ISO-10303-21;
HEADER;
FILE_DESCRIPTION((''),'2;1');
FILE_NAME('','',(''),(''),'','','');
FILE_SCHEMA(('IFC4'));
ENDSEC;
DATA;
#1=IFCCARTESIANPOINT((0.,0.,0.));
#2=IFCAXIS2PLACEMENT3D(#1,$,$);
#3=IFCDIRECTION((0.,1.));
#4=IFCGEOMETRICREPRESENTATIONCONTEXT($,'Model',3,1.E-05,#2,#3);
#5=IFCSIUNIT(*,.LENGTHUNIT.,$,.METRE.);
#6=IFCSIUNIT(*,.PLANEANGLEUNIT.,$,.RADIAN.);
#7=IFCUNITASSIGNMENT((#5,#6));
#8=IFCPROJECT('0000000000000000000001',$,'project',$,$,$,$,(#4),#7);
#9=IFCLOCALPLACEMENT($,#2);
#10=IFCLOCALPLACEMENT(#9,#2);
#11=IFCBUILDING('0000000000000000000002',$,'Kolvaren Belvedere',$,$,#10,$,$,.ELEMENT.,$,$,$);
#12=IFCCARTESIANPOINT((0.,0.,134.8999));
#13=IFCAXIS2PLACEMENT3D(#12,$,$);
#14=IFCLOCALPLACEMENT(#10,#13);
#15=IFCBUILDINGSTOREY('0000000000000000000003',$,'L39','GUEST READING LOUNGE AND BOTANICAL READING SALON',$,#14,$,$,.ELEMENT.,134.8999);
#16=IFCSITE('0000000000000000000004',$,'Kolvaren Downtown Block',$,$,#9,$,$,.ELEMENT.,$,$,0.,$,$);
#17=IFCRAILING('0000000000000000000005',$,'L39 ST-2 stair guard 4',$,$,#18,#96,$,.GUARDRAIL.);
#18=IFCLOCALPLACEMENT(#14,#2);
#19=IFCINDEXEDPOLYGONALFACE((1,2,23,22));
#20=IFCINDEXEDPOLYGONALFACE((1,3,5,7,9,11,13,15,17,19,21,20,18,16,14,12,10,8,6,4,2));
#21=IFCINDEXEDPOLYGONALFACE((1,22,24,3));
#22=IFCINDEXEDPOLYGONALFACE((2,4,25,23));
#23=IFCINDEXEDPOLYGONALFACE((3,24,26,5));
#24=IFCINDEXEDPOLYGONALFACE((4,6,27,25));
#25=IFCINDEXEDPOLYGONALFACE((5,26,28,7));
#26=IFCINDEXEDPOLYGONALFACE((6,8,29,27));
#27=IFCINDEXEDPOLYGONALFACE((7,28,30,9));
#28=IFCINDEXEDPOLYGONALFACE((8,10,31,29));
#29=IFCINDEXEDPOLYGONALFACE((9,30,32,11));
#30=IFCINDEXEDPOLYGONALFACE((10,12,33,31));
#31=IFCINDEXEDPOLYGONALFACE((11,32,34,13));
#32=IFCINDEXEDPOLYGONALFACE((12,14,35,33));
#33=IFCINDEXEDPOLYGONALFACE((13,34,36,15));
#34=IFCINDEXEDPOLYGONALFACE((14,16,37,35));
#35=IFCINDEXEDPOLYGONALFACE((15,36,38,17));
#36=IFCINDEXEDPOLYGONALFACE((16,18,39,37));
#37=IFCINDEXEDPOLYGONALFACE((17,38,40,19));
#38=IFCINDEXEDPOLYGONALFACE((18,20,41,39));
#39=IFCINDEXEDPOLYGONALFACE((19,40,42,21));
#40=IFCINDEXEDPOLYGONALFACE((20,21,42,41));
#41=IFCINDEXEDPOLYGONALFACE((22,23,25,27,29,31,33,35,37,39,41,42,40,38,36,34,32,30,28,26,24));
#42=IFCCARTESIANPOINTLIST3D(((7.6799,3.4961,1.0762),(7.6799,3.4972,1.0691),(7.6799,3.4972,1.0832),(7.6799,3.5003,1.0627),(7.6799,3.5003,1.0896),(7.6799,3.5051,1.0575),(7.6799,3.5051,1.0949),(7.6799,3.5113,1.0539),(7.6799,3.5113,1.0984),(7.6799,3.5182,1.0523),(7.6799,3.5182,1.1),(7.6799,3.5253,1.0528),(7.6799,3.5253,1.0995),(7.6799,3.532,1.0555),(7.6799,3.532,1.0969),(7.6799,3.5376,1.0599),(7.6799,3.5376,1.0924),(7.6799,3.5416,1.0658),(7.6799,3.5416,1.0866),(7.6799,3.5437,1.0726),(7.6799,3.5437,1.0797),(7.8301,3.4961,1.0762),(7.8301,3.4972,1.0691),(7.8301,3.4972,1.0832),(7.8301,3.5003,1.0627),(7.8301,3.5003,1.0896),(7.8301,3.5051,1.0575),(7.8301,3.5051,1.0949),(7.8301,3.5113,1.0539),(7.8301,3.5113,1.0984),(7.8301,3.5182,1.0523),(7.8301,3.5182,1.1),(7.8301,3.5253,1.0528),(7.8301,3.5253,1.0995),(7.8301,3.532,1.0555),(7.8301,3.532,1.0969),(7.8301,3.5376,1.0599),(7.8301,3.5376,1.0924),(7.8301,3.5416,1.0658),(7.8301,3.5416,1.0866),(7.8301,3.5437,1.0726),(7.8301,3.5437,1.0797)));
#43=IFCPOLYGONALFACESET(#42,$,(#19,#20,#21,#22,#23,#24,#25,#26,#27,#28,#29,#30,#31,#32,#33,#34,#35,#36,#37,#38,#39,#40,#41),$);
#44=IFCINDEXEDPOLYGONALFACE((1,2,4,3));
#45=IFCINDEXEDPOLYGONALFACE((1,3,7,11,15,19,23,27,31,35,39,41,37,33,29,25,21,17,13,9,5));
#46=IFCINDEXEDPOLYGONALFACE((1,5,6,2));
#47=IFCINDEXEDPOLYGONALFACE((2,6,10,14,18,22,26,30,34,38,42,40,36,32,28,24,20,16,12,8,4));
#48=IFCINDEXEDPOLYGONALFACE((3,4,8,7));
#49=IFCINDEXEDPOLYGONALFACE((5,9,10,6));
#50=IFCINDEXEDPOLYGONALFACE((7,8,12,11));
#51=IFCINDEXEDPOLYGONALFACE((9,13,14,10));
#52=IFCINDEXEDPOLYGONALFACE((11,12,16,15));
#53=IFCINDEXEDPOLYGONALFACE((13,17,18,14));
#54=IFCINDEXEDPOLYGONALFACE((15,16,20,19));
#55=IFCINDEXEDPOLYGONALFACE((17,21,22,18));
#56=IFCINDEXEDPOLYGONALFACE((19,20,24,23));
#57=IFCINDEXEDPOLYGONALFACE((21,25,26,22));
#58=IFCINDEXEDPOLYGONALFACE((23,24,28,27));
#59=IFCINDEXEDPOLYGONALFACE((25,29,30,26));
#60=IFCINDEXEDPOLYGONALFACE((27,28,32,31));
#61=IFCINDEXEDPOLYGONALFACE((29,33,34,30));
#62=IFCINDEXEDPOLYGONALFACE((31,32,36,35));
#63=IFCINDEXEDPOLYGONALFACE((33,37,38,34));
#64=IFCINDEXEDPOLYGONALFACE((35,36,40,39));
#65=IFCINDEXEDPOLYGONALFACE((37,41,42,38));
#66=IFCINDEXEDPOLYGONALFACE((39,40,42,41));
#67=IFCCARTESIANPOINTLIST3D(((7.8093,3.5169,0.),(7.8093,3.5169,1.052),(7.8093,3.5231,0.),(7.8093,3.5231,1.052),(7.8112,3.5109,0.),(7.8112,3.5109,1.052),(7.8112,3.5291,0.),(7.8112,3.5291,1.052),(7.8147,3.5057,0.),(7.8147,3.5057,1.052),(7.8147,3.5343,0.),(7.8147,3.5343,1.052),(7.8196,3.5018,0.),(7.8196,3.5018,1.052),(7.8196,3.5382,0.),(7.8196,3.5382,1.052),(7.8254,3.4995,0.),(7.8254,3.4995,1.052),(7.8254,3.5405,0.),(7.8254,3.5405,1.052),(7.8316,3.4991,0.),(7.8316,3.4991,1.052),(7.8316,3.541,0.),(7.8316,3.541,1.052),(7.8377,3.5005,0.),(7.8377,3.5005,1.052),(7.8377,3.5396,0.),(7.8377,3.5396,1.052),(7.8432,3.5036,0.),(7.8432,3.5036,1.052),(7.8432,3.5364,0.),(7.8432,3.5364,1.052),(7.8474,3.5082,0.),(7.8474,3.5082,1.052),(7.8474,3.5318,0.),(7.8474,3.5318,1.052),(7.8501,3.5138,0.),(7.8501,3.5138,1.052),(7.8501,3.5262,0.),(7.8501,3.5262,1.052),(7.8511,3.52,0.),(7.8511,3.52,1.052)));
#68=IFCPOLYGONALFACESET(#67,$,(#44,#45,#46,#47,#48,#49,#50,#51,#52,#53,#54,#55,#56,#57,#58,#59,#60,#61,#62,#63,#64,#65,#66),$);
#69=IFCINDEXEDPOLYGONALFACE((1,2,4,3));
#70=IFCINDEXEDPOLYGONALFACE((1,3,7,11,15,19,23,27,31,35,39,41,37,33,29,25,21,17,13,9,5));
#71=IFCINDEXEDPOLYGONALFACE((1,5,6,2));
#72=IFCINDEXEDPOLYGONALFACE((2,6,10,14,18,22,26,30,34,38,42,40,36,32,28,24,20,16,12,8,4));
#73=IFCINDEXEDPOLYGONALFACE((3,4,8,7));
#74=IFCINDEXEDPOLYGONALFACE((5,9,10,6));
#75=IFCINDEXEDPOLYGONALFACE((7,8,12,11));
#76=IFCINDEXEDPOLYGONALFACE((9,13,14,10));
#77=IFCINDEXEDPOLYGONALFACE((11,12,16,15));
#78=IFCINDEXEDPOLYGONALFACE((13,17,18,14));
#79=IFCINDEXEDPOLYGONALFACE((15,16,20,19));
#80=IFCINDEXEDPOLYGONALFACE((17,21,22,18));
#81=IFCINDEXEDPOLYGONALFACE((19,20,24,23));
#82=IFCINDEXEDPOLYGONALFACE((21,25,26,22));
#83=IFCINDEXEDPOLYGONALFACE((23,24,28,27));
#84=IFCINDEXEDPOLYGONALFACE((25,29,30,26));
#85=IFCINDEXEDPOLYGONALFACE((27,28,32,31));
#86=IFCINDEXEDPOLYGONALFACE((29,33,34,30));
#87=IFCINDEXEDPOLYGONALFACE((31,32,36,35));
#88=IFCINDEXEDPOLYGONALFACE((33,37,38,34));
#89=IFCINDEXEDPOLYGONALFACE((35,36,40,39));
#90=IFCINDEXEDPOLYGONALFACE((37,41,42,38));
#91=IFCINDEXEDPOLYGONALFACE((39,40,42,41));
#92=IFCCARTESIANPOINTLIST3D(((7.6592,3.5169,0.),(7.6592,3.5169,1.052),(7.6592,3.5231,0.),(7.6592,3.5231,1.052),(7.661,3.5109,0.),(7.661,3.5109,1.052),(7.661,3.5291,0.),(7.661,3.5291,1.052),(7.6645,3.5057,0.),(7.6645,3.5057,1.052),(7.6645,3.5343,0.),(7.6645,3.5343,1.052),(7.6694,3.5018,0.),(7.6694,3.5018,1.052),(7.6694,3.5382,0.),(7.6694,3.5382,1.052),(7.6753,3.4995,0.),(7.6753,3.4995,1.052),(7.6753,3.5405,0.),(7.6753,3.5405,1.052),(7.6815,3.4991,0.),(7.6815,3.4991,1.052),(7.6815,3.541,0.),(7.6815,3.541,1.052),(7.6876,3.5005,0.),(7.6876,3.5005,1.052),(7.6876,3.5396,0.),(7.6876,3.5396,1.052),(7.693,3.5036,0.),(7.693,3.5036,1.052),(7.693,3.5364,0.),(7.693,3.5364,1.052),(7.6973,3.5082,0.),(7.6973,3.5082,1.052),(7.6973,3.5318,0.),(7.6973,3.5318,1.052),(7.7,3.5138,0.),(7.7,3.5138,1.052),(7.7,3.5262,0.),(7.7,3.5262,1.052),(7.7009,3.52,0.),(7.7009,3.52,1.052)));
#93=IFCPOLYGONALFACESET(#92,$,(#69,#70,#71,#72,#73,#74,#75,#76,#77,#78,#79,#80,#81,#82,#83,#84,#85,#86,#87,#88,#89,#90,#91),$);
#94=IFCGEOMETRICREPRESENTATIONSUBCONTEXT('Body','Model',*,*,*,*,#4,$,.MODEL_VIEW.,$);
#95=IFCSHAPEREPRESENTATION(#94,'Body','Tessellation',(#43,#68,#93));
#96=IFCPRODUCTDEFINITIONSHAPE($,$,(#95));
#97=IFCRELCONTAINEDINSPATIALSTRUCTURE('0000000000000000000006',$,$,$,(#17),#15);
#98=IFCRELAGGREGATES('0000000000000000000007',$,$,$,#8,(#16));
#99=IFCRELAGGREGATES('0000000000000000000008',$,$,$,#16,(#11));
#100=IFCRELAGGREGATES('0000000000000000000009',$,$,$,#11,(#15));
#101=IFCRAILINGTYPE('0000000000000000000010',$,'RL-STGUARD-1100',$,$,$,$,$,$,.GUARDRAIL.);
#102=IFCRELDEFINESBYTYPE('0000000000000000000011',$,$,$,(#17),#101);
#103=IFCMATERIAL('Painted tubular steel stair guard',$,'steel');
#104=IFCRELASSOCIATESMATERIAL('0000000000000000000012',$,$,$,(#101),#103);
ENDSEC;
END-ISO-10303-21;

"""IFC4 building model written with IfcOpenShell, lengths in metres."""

from ifc_helpers import new_model, si_unit, direction, frame, origin, origin_2d, place, context, subcontext, project, spatial, circle, extrude, material, type_object, element, save


model = new_model("IFC4")

# Units and contexts
model_context = context("Model", 3, precision=1e-05, world=origin(), true_north=direction((0.0, 1.0)))
body_context = subcontext(model_context, "Body", "Model", "MODEL_VIEW")
ifc_project = project(units=[si_unit("LENGTHUNIT", "METRE"), si_unit("PLANEANGLEUNIT", "RADIAN")], contexts=[model_context])

# Site, building, storey
site_placement = place(None, origin())
site = spatial("IfcSite", under=ifc_project, at=site_placement, Name="Kolvaren Downtown Block", CompositionType="ELEMENT", RefElevation=0.0)
building_placement = place(site_placement, origin())
building = spatial("IfcBuilding", under=site, at=building_placement, Name="Kolvaren Belvedere", CompositionType="ELEMENT")
storey_placement = place(building_placement, frame((0.0, 0.0, 134.8999)))
storey = spatial("IfcBuildingStorey", under=building, at=storey_placement, Name="L39", Description="GUEST READING LOUNGE AND BOTANICAL READING SALON", CompositionType="ELEMENT", Elevation=134.8999)

# Railing
ifc_material_1 = material(Name="Painted tubular steel stair guard", Category="steel")
railing_type_1 = type_object("IfcRailingType", Name="RL-STGUARD-1100", PredefinedType="GUARDRAIL", material=ifc_material_1)
railing_1_placement = place(storey_placement, frame((7.8301, 3.52, 0.0)))
element("IfcRailing", 1, at=railing_1_placement, inside=storey, type_object=railing_type_1, Name="L39 ST-2 stair guard 4", PredefinedType="GUARDRAIL", context=body_context, shape_type="SweptSolid", body=[
    extrude(circle(Radius=0.0239, at=origin_2d()), frame((0.0, 0.0, 1.0762), z_axis=(-1.0, 0.0, 0.0), x_axis=(0.0, -1.0, 0.0)), (0.0, 0.0, 1.0), 0.1501),
    extrude(circle(Radius=0.021, at=origin_2d()), origin(), (0.0, 0.0, 1.0), 1.052),
    extrude(circle(Radius=0.021, at=origin_2d()), frame((-0.1501, 0.0, 0.0)), (0.0, 0.0, 1.0), 1.052),
])

save(model, "model.ifc")
